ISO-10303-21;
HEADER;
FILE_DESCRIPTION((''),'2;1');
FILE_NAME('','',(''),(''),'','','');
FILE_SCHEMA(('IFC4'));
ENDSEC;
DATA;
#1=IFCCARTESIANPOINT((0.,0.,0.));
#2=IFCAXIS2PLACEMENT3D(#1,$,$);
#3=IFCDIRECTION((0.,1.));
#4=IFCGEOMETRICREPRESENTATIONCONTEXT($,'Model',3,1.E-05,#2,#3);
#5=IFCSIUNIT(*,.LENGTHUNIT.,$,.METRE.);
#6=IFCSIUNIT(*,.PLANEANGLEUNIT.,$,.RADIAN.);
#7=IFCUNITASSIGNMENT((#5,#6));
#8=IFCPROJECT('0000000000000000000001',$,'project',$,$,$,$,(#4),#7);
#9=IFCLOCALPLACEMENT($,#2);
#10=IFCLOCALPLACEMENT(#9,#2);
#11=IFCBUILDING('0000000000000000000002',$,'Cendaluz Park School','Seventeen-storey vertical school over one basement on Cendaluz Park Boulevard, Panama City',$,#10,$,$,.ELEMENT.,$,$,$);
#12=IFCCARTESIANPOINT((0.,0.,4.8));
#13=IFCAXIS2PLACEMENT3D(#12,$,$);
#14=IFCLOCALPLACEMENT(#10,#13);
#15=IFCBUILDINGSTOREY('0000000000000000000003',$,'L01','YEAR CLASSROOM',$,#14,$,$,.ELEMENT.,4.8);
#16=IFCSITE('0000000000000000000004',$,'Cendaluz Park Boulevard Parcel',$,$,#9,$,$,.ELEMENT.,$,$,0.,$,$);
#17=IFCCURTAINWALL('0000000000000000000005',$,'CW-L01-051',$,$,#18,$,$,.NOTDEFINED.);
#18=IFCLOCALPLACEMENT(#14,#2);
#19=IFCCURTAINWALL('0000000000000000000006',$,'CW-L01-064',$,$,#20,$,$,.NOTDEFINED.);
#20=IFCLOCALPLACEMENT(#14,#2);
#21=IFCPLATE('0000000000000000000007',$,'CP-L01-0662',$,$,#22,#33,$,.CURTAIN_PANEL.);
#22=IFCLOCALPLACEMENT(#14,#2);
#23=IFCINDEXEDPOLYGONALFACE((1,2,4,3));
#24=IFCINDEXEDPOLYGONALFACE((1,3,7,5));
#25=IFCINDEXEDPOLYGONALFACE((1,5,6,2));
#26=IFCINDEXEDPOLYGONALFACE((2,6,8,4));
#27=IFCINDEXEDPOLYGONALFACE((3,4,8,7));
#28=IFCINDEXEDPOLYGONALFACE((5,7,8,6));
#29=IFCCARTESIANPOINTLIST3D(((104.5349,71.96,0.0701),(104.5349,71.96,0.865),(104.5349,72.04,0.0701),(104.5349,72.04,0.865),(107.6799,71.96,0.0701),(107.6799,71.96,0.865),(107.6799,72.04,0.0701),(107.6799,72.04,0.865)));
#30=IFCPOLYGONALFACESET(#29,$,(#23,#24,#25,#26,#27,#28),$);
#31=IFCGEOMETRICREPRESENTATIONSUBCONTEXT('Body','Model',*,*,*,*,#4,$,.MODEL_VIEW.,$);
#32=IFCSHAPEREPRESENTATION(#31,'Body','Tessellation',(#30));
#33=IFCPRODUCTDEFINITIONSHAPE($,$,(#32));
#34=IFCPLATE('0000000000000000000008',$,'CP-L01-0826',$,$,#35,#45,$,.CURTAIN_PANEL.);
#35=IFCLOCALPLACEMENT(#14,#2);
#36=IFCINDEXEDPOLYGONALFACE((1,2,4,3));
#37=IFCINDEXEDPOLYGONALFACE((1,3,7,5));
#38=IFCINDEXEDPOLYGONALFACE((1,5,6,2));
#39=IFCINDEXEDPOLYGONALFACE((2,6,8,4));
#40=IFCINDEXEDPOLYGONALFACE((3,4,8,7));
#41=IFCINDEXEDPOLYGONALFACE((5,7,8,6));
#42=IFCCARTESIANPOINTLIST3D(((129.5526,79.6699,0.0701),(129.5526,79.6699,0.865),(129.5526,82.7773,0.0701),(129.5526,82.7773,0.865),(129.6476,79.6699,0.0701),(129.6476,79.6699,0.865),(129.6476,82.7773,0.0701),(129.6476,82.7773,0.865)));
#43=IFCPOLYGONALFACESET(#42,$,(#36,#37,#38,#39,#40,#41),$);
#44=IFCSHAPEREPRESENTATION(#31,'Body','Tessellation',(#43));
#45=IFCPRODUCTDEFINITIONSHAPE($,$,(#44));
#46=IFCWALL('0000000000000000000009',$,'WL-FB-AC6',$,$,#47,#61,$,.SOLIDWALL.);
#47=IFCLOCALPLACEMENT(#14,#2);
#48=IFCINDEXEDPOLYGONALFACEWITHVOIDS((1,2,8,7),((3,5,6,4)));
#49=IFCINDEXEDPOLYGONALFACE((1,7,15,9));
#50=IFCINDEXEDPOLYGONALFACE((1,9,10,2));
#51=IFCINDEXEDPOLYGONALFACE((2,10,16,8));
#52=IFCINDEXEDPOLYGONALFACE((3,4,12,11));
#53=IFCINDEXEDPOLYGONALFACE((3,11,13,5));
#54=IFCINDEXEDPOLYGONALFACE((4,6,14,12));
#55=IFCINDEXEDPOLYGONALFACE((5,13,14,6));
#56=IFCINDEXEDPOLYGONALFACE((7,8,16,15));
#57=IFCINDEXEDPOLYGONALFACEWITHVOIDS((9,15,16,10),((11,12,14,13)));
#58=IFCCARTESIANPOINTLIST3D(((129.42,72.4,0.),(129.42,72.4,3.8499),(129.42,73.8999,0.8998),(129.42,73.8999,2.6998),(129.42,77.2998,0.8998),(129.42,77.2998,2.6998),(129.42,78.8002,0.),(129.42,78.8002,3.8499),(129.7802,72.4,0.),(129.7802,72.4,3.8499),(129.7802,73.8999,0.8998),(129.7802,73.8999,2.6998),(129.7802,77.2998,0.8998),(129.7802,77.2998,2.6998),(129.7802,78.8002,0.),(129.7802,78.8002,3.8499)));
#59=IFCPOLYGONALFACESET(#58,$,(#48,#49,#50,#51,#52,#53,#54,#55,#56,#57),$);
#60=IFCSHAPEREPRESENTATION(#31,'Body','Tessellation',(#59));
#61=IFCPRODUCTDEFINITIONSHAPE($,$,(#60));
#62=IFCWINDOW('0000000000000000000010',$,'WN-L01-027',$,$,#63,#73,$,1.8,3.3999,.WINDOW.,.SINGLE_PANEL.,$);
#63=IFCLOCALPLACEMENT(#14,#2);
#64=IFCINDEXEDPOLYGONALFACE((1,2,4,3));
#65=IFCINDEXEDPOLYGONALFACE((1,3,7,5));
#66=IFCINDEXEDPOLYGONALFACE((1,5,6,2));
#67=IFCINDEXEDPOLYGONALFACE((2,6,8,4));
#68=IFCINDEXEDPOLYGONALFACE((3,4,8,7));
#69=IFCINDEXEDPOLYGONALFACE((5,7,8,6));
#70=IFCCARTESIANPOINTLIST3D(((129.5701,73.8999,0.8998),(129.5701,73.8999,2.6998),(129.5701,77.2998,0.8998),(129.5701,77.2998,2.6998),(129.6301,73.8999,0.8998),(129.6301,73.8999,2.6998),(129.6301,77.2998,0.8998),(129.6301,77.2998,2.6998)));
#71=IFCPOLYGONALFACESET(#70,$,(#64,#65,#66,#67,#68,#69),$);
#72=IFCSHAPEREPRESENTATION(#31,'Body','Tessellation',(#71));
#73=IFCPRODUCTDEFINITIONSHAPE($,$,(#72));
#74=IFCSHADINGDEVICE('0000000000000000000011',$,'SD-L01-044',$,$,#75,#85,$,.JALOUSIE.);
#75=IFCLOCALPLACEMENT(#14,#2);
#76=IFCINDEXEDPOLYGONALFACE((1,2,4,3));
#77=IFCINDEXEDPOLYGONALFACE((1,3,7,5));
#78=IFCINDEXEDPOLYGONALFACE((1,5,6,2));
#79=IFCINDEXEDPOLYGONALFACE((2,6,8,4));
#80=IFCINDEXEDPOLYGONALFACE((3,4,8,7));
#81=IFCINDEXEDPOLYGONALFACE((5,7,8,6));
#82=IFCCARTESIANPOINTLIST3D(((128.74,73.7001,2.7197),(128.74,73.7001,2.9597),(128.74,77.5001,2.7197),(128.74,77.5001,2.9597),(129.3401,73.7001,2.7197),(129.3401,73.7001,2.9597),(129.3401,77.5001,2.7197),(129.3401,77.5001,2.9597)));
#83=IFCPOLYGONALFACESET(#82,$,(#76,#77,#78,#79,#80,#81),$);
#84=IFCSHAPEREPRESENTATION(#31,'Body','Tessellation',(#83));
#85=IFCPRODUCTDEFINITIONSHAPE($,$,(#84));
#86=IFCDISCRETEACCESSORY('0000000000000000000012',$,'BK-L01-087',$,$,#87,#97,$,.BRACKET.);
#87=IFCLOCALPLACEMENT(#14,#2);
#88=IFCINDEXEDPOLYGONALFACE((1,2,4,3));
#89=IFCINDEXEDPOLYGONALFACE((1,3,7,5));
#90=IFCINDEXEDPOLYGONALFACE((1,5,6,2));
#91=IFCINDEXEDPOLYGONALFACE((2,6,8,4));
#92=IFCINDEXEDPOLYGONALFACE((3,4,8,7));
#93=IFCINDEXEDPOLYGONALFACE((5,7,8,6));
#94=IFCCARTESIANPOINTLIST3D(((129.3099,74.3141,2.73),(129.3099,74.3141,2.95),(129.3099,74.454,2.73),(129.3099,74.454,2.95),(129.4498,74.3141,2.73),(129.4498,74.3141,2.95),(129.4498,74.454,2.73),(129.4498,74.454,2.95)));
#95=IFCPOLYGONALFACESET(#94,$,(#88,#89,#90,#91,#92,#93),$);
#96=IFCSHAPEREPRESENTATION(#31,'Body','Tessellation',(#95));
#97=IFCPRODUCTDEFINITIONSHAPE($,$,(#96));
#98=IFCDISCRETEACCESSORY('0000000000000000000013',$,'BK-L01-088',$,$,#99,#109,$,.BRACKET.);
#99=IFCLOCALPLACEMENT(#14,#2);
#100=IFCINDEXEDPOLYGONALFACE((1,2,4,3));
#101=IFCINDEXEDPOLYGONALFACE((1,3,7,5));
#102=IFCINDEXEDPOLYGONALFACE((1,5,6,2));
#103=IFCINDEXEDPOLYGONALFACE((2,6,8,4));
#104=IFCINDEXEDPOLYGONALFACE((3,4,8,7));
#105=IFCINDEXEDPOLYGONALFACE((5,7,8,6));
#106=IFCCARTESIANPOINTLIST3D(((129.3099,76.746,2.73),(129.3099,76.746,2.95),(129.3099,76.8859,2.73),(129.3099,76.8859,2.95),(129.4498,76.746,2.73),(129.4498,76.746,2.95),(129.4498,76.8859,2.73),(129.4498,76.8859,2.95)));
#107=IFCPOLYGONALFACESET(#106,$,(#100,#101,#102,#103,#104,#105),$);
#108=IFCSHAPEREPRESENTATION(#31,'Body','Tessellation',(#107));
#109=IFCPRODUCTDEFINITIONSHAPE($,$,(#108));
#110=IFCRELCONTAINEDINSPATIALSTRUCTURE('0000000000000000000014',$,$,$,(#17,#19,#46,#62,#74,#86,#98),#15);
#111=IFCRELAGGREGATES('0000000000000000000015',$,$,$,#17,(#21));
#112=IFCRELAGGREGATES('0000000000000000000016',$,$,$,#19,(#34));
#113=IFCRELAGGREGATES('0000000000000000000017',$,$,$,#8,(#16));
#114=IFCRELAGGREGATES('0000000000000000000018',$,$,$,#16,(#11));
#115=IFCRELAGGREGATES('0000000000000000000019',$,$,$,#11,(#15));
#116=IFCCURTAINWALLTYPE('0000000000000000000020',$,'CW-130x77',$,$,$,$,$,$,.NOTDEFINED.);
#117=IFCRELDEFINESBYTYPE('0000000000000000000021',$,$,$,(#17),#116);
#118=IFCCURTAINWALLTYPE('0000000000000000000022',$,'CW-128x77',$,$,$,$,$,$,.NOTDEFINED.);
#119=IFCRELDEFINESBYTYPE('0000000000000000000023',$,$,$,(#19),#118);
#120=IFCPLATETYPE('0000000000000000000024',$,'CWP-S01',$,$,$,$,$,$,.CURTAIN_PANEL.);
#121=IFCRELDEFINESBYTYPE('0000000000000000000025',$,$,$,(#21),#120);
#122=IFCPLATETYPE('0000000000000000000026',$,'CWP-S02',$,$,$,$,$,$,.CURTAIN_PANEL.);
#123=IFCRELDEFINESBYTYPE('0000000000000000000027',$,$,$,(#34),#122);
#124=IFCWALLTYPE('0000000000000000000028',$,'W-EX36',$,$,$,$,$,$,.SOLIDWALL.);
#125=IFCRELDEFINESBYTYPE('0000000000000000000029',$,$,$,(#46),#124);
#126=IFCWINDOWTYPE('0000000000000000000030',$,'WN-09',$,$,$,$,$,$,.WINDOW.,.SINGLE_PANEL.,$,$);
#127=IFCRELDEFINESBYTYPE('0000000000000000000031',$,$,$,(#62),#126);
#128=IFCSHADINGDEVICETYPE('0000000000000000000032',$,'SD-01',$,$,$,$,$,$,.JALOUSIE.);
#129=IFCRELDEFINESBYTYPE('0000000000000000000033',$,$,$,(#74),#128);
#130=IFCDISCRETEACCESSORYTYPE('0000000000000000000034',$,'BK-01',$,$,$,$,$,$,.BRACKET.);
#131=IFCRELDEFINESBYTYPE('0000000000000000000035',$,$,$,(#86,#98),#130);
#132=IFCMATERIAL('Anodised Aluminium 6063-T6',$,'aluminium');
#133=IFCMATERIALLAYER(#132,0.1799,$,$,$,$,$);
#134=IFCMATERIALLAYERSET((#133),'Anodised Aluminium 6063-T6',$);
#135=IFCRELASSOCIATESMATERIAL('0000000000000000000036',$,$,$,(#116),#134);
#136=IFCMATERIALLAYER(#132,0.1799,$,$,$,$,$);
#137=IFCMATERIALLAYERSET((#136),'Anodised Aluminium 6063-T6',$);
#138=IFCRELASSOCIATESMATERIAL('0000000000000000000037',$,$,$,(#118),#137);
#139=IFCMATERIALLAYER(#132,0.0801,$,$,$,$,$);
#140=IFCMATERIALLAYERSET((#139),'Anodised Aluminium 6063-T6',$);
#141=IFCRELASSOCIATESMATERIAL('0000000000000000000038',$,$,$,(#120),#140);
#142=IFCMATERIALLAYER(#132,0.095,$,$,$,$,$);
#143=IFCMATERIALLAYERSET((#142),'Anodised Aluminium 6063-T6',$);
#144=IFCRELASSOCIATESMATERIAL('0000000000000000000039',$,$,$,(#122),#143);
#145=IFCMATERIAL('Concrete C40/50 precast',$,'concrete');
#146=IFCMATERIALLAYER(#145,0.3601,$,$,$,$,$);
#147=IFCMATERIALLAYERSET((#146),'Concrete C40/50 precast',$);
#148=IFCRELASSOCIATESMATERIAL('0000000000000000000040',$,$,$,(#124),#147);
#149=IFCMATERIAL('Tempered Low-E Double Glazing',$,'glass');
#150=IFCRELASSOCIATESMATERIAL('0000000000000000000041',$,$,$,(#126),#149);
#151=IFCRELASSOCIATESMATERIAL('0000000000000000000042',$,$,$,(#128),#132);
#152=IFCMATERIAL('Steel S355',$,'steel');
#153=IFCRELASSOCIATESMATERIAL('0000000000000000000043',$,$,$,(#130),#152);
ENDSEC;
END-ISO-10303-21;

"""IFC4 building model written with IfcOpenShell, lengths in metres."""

from ifc_helpers import new_model, si_unit, direction, frame, frame_2d, origin, origin_2d, place, context, subcontext, project, spatial, rectangle, extrude, material, layer, layer_set, type_object, element, fill, aggregate, save


model = new_model("IFC4")

# Units and contexts
model_context = context("Model", 3, precision=1e-05, world=origin(), true_north=direction((0.0, 1.0)))
body_context = subcontext(model_context, "Body", "Model", "MODEL_VIEW")
ifc_project = project(units=[si_unit("LENGTHUNIT", "METRE"), si_unit("PLANEANGLEUNIT", "RADIAN")], contexts=[model_context])

# Site, building, storey
site_placement = place(None, origin())
site = spatial("IfcSite", under=ifc_project, at=site_placement, Name="Cendaluz Park Boulevard Parcel", CompositionType="ELEMENT", RefElevation=0.0)
building_placement = place(site_placement, origin())
building = spatial("IfcBuilding", under=site, at=building_placement, Name="Cendaluz Park School", Description="Seventeen-storey vertical school over one basement on Cendaluz Park Boulevard, Panama City", CompositionType="ELEMENT")
storey_placement = place(building_placement, frame((0.0, 0.0, 4.8)))
storey = spatial("IfcBuildingStorey", under=building, at=storey_placement, Name="L01", Description="YEAR CLASSROOM", CompositionType="ELEMENT", Elevation=4.8)

# Curtain wall
ifc_material_1 = material(Name="Anodised Aluminium 6063-T6", Category="aluminium")
ifc_layer_1 = layer(ifc_material_1, 0.1799)
ifc_layer_set_1 = layer_set([ifc_layer_1], Name="Anodised Aluminium 6063-T6")
curtain_wall_type_1 = type_object("IfcCurtainWallType", Name="CW-130x77", PredefinedType="NOTDEFINED", material=ifc_layer_set_1)
curtain_wall_1_placement = place(storey_placement, origin())
curtain_wall_1 = element("IfcCurtainWall", 1, at=curtain_wall_1_placement, inside=storey, type_object=curtain_wall_type_1, Name="CW-L01-051", PredefinedType="NOTDEFINED")

# Curtain wall
ifc_layer_2 = layer(ifc_material_1, 0.1799)
ifc_layer_set_2 = layer_set([ifc_layer_2], Name="Anodised Aluminium 6063-T6")
curtain_wall_type_2 = type_object("IfcCurtainWallType", Name="CW-128x77", PredefinedType="NOTDEFINED", material=ifc_layer_set_2)
curtain_wall_2_placement = place(storey_placement, origin())
curtain_wall_2 = element("IfcCurtainWall", 2, at=curtain_wall_2_placement, inside=storey, type_object=curtain_wall_type_2, Name="CW-L01-064", PredefinedType="NOTDEFINED")

# Plates
ifc_material_2 = material(Name="Tempered Low-E Double Glazing", Category="glass")
ifc_layer_3 = layer(ifc_material_1, 0.0801)
ifc_layer_set_3 = layer_set([ifc_layer_3], Name="Anodised Aluminium 6063-T6")
plate_type_1 = type_object("IfcPlateType", Name="CWP-S01", PredefinedType="CURTAIN_PANEL", material=ifc_layer_set_3)
plate_1_placement = place(storey_placement, frame((106.1074, 72.0, 0.0701), z_axis=(0.0, 0.0, 1.0), x_axis=(1.0, 0.0, 0.0)))
plate_1 = element("IfcPlate", 3, at=plate_1_placement, type_object=plate_type_1, Name="CP-L01-0662", PredefinedType="CURTAIN_PANEL", context=body_context, shape_type="SweptSolid", body=[
    extrude(rectangle(XDim=3.145, YDim=0.0801, at=origin_2d()), origin(), (0.0, 0.0, 1.0), 0.7949),
])
aggregate(curtain_wall_1, [plate_1])
ifc_layer_4 = layer(ifc_material_1, 0.095)
ifc_layer_set_4 = layer_set([ifc_layer_4], Name="Anodised Aluminium 6063-T6")
plate_type_2 = type_object("IfcPlateType", Name="CWP-S02", PredefinedType="CURTAIN_PANEL", material=ifc_layer_set_4)
plate_2_placement = place(storey_placement, frame((129.6001, 81.2236, 0.0701), z_axis=(0.0, 0.0, 1.0), x_axis=(0.0, 1.0, 0.0)))
plate_2 = element("IfcPlate", 4, at=plate_2_placement, type_object=plate_type_2, Name="CP-L01-0826", PredefinedType="CURTAIN_PANEL", context=body_context, shape_type="SweptSolid", body=[
    extrude(rectangle(XDim=3.1074, YDim=0.095, at=origin_2d()), origin(), (0.0, 0.0, 1.0), 0.7949),
])
aggregate(curtain_wall_2, [plate_2])

# Wall, opening, window
ifc_material_3 = material(Name="Concrete C40/50 precast", Category="concrete")
ifc_layer_5 = layer(ifc_material_3, 0.3601)
ifc_layer_set_5 = layer_set([ifc_layer_5], Name="Concrete C40/50 precast")
wall_type = type_object("IfcWallType", Name="W-EX36", PredefinedType="SOLIDWALL", material=ifc_layer_set_5)
wall_placement = place(storey_placement, frame((129.6001, 72.3999, 0.0), z_axis=(0.0, 0.0, 1.0), x_axis=(0.0, 1.0, 0.0)))
wall = element("IfcWall", 5, at=wall_placement, inside=storey, type_object=wall_type, Name="WL-FB-AC6", PredefinedType="SOLIDWALL", context=body_context, shape_type="SweptSolid", body=[
    extrude(rectangle(XDim=6.4001, YDim=0.3601, at=frame_2d((3.2002, 0.0))), origin(), (0.0, 0.0, 1.0), 3.8499),
])
opening_placement = place(wall_placement, frame((1.5, 0.0, 0.8999)))
opening = element("IfcOpeningElement", 6, at=opening_placement, cuts=wall, PredefinedType="OPENING", context=body_context, shape_type="SweptSolid", body=[
    extrude(rectangle(XDim=3.3999, YDim=1.8, at=frame_2d((1.7, 0.8999))), frame((0.0, 0.1921, 0.0), z_axis=(0.0, -1.0, 0.0), x_axis=(1.0, 0.0, 0.0)), (0.0, 0.0, 1.0), 0.384),
])
window_type = type_object("IfcWindowType", Name="WN-09", PartitioningType="SINGLE_PANEL", PredefinedType="WINDOW", material=ifc_material_2)
window_placement = place(opening_placement, origin())
window = element("IfcWindow", 7, at=window_placement, inside=storey, type_object=window_type, Name="WN-L01-027", OverallHeight=1.8, OverallWidth=3.3999, PartitioningType="SINGLE_PANEL", PredefinedType="WINDOW", context=body_context, shape_type="SweptSolid", body=[
    extrude(rectangle(XDim=3.3999, YDim=1.8, at=frame_2d((1.7, 0.8999))), frame((0.0, 0.03, 0.0), z_axis=(0.0, -1.0, 0.0), x_axis=(1.0, 0.0, 0.0)), (0.0, 0.0, 1.0), 0.0601),
])
fill(opening, window)

# Shading device
shading_device_type = type_object("IfcShadingDeviceType", Name="SD-01", PredefinedType="JALOUSIE", material=ifc_material_1)
shading_device_placement = place(storey_placement, frame((129.04, 75.6001, 2.7197), z_axis=(0.0, 0.0, 1.0), x_axis=(0.0, 1.0, 0.0)))
element("IfcShadingDevice", 8, at=shading_device_placement, inside=storey, type_object=shading_device_type, Name="SD-L01-044", PredefinedType="JALOUSIE", context=body_context, shape_type="SweptSolid", body=[
    extrude(rectangle(XDim=3.8, YDim=0.6001, at=origin_2d()), origin(), (0.0, 0.0, 1.0), 0.24),
])

# Discrete accessories
ifc_material_4 = material(Name="Steel S355", Category="steel")
discrete_accessory_type = type_object("IfcDiscreteAccessoryType", Name="BK-01", PredefinedType="BRACKET", material=ifc_material_4)
for number, where, z_axis, x_axis, name in (
    (9, (129.3799, 74.384, 2.73), (0.0, 0.0, 1.0), (0.0, 1.0, 0.0), "BK-L01-087"),
    (10, (129.3799, 76.8159, 2.73), (0.0, 0.0, 1.0), (0.0, 1.0, 0.0), "BK-L01-088"),
):
    element("IfcDiscreteAccessory", number, at=place(storey_placement, frame(where, z_axis=z_axis, x_axis=x_axis)), inside=storey, type_object=discrete_accessory_type, Name=name, PredefinedType="BRACKET", context=body_context, shape_type="SweptSolid", body=[
        extrude(rectangle(XDim=0.1399, YDim=0.1399, at=origin_2d()), origin(), (0.0, 0.0, 1.0), 0.22),
    ])

save(model, "model.ifc")
